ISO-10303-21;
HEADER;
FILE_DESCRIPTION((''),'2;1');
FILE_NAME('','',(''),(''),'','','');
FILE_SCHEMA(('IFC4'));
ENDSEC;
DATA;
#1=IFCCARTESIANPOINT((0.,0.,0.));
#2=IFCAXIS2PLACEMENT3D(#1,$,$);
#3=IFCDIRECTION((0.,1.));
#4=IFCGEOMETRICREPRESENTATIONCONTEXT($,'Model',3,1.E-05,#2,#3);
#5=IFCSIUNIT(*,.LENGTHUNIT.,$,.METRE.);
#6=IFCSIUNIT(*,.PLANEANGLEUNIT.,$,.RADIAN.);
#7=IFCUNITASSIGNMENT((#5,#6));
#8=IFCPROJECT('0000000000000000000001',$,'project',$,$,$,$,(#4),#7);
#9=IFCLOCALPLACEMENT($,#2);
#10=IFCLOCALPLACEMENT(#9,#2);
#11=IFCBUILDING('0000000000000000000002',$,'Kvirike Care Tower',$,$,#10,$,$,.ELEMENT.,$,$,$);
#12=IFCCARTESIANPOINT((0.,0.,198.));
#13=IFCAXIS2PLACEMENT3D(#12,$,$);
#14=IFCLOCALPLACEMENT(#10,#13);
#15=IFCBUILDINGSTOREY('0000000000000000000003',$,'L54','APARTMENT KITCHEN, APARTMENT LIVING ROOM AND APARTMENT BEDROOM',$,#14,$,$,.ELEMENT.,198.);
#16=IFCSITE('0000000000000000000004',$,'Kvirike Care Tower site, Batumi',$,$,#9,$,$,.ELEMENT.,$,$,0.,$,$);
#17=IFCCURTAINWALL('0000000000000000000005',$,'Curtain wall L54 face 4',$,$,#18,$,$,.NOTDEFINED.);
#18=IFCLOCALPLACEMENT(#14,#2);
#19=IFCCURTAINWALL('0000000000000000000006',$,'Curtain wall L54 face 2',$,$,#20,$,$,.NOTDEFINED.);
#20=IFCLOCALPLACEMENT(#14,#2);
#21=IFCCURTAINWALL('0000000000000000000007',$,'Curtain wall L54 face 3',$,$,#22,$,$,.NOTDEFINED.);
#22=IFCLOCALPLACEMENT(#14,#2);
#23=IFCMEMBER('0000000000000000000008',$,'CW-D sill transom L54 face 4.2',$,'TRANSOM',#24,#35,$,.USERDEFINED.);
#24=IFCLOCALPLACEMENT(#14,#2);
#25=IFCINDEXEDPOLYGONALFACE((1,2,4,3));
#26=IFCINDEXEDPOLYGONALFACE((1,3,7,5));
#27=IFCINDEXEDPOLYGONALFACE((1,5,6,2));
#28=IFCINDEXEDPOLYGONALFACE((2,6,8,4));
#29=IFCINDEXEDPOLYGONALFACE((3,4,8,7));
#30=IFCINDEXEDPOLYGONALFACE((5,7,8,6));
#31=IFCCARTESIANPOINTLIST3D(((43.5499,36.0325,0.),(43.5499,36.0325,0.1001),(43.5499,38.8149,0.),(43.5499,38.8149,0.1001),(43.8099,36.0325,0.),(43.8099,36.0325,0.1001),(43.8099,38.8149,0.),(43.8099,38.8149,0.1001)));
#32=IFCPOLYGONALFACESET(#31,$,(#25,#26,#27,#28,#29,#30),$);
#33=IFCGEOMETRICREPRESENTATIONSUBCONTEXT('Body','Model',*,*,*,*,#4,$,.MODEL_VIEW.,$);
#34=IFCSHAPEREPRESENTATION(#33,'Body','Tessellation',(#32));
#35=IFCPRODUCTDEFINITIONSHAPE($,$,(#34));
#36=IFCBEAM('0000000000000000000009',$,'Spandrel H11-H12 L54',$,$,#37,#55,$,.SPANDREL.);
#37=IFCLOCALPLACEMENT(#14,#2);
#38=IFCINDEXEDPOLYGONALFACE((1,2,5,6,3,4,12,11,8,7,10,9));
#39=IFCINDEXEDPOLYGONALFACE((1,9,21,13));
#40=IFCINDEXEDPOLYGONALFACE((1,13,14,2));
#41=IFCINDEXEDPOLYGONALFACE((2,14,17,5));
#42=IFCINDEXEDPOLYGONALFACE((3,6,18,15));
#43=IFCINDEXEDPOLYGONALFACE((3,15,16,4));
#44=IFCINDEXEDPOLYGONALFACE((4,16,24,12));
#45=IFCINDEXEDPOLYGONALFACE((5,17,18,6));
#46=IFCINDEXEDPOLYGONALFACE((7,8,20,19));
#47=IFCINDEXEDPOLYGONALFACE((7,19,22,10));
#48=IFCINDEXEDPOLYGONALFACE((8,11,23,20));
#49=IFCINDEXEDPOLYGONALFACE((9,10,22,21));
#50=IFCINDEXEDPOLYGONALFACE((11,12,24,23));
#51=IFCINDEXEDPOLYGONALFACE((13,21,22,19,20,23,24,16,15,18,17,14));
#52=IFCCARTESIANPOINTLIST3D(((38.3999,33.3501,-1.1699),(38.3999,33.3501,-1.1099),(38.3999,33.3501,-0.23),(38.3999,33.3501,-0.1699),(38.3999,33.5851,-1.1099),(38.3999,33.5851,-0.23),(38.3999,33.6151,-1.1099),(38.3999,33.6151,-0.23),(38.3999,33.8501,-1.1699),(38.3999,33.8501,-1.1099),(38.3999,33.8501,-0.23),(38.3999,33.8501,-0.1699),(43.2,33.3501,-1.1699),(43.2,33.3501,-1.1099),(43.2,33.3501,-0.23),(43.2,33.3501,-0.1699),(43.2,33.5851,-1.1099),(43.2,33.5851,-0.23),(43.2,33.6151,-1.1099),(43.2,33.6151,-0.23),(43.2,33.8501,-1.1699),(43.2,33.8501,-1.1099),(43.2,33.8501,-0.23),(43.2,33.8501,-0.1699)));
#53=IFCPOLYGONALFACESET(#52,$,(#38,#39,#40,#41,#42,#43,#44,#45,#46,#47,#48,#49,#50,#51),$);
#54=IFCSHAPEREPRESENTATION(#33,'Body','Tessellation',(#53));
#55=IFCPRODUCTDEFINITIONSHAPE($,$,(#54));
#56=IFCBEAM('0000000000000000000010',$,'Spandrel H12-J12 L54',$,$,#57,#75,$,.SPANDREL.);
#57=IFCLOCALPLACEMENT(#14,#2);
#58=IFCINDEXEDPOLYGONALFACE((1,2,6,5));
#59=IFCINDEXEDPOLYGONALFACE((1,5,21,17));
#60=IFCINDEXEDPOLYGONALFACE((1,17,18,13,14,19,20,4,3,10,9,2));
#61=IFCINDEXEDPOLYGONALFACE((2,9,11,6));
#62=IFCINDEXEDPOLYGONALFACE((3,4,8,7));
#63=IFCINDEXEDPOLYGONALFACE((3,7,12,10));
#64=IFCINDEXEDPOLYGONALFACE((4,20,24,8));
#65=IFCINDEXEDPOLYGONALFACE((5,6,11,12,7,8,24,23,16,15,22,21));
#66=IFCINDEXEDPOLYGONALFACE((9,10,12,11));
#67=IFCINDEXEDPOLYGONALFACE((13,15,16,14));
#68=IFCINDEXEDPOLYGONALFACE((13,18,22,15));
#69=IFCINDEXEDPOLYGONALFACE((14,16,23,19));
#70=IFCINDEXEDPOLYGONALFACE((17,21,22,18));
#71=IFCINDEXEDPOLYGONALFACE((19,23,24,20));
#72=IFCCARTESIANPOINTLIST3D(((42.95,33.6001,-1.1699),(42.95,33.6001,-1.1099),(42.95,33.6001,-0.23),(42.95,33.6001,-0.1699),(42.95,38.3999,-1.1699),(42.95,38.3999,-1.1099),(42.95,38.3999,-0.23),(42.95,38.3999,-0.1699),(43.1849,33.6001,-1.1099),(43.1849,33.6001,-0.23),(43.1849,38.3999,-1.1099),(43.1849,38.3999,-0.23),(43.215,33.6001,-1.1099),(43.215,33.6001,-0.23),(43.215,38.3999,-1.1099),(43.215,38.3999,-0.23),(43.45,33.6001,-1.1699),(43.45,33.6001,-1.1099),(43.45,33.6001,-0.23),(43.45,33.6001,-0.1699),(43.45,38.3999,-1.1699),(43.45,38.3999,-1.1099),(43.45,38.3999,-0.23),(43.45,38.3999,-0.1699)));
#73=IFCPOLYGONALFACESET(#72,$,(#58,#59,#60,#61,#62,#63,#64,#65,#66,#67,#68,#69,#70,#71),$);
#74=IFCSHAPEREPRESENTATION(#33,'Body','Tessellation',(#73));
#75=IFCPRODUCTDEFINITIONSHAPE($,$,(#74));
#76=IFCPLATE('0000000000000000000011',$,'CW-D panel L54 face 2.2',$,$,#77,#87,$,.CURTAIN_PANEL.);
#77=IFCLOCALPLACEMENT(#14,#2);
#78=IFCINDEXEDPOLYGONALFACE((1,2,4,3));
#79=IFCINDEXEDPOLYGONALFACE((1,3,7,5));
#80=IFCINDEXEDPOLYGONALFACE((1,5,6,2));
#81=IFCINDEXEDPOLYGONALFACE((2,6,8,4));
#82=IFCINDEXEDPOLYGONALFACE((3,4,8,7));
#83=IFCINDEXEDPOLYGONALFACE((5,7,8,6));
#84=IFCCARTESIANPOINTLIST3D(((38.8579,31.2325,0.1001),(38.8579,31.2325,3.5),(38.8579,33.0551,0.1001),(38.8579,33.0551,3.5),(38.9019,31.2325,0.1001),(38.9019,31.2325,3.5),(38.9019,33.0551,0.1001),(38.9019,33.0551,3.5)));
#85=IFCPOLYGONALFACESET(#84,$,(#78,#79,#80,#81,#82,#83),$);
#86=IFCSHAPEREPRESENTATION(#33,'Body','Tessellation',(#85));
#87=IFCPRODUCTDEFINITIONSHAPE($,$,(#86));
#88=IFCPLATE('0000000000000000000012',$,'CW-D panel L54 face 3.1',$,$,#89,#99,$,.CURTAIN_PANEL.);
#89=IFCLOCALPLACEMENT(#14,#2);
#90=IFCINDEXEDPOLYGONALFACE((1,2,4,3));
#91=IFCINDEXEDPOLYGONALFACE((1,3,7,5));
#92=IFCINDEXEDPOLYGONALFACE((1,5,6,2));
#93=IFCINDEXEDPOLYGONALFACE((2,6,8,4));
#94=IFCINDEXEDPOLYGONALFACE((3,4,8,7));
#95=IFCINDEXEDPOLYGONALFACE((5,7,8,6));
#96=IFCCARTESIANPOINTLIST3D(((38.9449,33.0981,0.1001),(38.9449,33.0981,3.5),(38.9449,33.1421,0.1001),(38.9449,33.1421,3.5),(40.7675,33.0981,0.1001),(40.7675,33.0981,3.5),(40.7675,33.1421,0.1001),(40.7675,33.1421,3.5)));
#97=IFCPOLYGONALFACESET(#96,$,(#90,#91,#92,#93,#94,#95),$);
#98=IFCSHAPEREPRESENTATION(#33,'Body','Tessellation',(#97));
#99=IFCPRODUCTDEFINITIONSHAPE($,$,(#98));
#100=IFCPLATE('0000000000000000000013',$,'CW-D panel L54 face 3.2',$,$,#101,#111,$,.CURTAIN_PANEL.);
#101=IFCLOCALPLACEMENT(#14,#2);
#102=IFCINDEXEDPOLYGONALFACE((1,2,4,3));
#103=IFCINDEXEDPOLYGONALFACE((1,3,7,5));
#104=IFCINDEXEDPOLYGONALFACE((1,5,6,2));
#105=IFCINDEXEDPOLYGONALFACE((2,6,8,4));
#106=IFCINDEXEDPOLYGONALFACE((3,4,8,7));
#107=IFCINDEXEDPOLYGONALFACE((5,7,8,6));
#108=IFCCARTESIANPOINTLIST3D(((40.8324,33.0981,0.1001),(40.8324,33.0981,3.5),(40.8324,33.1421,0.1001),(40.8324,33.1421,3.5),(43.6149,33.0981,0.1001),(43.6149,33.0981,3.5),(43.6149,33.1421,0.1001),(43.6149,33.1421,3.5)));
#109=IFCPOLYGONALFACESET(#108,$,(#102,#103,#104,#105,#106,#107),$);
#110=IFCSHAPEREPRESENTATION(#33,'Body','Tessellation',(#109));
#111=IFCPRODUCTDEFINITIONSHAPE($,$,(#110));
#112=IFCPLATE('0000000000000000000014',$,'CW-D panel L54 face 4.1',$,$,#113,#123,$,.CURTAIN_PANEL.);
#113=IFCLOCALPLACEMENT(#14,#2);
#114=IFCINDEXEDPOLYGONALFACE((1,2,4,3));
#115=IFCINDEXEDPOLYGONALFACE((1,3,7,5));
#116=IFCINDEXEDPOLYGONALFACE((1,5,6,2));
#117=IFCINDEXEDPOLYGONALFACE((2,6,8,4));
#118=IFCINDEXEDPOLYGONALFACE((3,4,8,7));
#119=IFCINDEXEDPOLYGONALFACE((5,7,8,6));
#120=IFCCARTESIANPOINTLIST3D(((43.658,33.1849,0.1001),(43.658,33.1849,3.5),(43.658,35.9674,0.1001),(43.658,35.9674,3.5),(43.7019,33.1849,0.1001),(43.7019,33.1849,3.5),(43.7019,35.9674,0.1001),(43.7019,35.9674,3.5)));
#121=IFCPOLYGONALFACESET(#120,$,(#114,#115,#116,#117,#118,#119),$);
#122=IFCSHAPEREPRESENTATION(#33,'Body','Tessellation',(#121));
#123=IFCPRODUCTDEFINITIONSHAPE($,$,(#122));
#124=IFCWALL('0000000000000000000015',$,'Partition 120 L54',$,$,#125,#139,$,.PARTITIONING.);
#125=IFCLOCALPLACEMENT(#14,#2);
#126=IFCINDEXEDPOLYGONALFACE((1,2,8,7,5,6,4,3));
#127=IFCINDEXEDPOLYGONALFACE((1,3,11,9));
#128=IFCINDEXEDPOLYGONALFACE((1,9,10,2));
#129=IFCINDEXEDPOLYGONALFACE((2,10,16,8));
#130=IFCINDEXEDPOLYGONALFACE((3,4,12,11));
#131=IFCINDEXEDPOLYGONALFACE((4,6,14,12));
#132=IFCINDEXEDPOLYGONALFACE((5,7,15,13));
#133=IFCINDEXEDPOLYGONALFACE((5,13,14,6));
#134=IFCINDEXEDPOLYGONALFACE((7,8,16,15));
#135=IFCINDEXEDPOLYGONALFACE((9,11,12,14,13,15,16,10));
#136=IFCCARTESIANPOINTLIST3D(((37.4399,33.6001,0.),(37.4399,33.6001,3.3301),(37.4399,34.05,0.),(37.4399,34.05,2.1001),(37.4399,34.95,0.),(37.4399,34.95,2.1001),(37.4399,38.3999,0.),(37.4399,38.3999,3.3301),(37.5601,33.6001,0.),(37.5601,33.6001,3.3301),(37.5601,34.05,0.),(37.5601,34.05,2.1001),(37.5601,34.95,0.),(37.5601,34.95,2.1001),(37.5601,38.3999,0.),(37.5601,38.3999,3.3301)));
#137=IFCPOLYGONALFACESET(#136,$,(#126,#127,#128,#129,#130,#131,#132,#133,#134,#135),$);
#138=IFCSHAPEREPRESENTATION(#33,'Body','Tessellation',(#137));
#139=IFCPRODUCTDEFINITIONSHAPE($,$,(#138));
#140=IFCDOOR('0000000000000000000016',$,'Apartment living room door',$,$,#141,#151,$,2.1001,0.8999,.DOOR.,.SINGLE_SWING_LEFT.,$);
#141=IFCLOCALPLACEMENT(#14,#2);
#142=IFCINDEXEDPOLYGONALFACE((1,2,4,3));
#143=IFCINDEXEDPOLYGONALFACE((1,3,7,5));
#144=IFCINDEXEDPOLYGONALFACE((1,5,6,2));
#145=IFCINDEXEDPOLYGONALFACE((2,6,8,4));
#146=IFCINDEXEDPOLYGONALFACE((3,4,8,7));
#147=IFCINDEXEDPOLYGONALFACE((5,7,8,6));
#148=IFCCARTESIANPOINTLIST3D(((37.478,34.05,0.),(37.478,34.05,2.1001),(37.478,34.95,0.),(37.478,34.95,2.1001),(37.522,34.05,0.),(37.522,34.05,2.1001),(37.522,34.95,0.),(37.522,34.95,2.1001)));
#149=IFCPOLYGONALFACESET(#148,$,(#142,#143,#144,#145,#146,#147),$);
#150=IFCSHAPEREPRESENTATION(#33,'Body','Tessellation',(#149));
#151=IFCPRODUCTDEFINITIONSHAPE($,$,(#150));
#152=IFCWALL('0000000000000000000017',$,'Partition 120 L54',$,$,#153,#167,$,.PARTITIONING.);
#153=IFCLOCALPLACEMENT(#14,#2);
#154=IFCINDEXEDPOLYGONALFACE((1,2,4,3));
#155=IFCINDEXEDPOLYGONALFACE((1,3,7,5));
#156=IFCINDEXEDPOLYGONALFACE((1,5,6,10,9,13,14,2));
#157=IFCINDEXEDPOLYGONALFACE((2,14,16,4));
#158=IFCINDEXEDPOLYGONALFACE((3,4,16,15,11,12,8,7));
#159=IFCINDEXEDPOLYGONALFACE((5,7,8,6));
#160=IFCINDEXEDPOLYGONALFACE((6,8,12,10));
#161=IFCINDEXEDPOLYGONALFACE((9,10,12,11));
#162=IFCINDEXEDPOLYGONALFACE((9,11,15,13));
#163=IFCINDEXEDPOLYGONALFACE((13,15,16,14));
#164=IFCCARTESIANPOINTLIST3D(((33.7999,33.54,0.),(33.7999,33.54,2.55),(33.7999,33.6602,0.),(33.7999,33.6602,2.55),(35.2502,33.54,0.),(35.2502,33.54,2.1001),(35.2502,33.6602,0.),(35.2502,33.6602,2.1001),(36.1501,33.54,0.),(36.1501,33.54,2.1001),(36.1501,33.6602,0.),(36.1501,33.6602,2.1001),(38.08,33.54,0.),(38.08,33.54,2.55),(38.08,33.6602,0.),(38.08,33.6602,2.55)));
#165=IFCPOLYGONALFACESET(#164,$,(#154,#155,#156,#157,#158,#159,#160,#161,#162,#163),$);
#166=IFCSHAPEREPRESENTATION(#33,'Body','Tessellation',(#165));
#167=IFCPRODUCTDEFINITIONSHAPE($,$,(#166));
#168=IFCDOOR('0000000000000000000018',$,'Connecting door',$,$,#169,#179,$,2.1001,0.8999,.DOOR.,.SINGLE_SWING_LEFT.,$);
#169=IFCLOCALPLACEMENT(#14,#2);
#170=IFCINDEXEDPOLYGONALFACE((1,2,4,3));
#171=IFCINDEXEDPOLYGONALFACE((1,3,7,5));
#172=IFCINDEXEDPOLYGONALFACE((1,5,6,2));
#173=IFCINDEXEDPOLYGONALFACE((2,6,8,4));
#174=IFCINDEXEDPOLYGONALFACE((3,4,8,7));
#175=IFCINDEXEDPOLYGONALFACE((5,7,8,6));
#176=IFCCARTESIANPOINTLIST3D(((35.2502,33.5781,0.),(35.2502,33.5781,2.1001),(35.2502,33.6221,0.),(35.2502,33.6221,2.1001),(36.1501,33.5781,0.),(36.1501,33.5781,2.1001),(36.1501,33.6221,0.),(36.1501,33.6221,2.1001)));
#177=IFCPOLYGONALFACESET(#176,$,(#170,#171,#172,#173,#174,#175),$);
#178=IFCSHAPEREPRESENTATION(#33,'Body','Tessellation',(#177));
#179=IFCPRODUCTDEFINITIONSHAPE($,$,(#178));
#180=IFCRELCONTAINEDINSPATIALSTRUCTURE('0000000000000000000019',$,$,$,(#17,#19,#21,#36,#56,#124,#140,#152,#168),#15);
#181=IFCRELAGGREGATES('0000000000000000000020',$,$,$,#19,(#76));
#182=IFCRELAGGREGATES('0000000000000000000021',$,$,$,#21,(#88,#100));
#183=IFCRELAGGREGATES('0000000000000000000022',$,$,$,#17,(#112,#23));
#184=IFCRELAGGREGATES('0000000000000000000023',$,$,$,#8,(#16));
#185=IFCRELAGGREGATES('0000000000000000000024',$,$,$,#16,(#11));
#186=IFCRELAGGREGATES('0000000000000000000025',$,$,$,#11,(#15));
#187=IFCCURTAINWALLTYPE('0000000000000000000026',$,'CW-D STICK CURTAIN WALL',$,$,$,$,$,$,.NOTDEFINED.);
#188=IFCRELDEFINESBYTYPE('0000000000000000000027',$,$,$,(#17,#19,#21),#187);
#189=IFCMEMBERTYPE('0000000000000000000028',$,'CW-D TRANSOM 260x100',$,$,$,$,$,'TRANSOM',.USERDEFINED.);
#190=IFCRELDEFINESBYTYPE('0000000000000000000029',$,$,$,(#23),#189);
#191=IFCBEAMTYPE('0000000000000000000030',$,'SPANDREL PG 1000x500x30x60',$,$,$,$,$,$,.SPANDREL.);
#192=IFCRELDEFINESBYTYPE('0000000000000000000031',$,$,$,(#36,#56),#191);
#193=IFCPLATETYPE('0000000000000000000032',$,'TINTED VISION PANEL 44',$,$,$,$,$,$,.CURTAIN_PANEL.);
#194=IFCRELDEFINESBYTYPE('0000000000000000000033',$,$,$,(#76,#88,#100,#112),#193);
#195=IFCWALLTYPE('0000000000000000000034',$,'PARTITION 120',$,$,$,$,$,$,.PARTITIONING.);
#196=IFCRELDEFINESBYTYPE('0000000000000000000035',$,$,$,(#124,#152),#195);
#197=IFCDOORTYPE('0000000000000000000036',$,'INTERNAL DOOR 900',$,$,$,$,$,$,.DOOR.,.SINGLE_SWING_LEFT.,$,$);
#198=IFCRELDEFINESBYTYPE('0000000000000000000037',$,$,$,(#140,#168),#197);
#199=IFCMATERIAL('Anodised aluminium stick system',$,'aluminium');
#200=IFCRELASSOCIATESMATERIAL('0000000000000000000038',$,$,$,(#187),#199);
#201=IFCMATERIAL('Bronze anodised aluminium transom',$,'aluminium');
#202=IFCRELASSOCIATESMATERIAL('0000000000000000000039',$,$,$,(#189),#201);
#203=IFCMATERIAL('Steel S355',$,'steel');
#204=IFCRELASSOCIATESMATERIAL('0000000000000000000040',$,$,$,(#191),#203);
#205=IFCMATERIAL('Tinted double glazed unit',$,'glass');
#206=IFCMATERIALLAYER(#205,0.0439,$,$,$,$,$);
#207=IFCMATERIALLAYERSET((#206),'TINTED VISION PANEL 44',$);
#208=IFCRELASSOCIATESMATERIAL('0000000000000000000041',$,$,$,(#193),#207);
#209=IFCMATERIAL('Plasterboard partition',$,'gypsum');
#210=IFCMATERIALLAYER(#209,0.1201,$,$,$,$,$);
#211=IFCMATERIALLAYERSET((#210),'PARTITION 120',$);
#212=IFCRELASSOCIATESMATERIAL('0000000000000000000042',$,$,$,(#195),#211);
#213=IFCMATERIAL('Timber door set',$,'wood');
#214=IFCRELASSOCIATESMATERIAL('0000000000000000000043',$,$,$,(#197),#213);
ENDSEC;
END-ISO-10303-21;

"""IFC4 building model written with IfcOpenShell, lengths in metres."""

from ifc_helpers import new_model, si_unit, direction, frame, frame_2d, origin, origin_2d, place, context, subcontext, project, spatial, rectangle, i_section, extrude, material, layer, layer_set, material_profile, profile_set, type_object, element, fill, aggregate, save


model = new_model("IFC4")

# Units and contexts
model_context = context("Model", 3, precision=1e-05, world=origin(), true_north=direction((0.0, 1.0)))
body_context = subcontext(model_context, "Body", "Model", "MODEL_VIEW")
ifc_project = project(units=[si_unit("LENGTHUNIT", "METRE"), si_unit("PLANEANGLEUNIT", "RADIAN")], contexts=[model_context])

# Site, building, storey
site_placement = place(None, origin())
site = spatial("IfcSite", under=ifc_project, at=site_placement, Name="Kvirike Care Tower site, Batumi", CompositionType="ELEMENT", RefElevation=0.0)
building_placement = place(site_placement, origin())
building = spatial("IfcBuilding", under=site, at=building_placement, Name="Kvirike Care Tower", CompositionType="ELEMENT")
storey_placement = place(building_placement, frame((0.0, 0.0, 198.0)))
storey = spatial("IfcBuildingStorey", under=building, at=storey_placement, Name="L54", Description="APARTMENT KITCHEN, APARTMENT LIVING ROOM AND APARTMENT BEDROOM", CompositionType="ELEMENT", Elevation=198.0)

# Curtain walls
ifc_material_1 = material(Name="Anodised aluminium stick system", Category="aluminium")
curtain_wall_type = type_object("IfcCurtainWallType", Name="CW-D STICK CURTAIN WALL", PredefinedType="NOTDEFINED", material=ifc_material_1)
curtain_wall_1_placement = place(storey_placement, origin())
curtain_wall_1 = element("IfcCurtainWall", 1, at=curtain_wall_1_placement, inside=storey, type_object=curtain_wall_type, Name="Curtain wall L54 face 4", PredefinedType="NOTDEFINED")
curtain_wall_2_placement = place(storey_placement, origin())
curtain_wall_2 = element("IfcCurtainWall", 2, at=curtain_wall_2_placement, inside=storey, type_object=curtain_wall_type, Name="Curtain wall L54 face 2", PredefinedType="NOTDEFINED")

# Curtain wall
curtain_wall_3_placement = place(storey_placement, origin())
curtain_wall_3 = element("IfcCurtainWall", 3, at=curtain_wall_3_placement, inside=storey, type_object=curtain_wall_type, Name="Curtain wall L54 face 3", PredefinedType="NOTDEFINED")

# Member
ifc_material_2 = material(Name="Bronze anodised aluminium transom", Category="aluminium")
ifc_material_profile_1 = material_profile(ifc_material_2, rectangle(XDim=0.26, YDim=0.1001, at=origin_2d()), Name="CW-D TRANSOM 260x100")
ifc_profile_set_1 = profile_set([ifc_material_profile_1], Name="Bronze anodised aluminium transom")
member_type_1 = type_object("IfcMemberType", Name="CW-D TRANSOM 260x100", ElementType="TRANSOM", PredefinedType="USERDEFINED", material=ifc_profile_set_1)
member_1_placement = place(storey_placement, frame((43.6799, 36.0325, 0.05), z_axis=(0.0, 1.0, 0.0), x_axis=(-1.0, 0.0, 0.0)))
member_1 = element("IfcMember", 4, at=member_1_placement, type_object=member_type_1, Name="CW-D sill transom L54 face 4.2", ObjectType="TRANSOM", PredefinedType="USERDEFINED", context=body_context, shape_type="SweptSolid", body=[
    extrude(rectangle(XDim=0.26, YDim=0.1001, at=origin_2d()), origin(), (0.0, 0.0, 1.0), 2.7825),
])

# Beams
ifc_material_3 = material(Name="Steel S355", Category="steel")
ifc_material_profile_2 = material_profile(ifc_material_3, i_section(OverallWidth=0.5, OverallDepth=1.0, WebThickness=0.03, FlangeThickness=0.0601, at=origin_2d()), Name="PG 1000x500x30x60")
ifc_profile_set_2 = profile_set([ifc_material_profile_2], Name="Steel S355")
beam_type = type_object("IfcBeamType", Name="SPANDREL PG 1000x500x30x60", PredefinedType="SPANDREL", material=ifc_profile_set_2)
beam_1_placement = place(storey_placement, frame((38.3999, 33.6001, -0.6699), z_axis=(1.0, 0.0, 0.0), x_axis=(0.0, 1.0, 0.0)))
element("IfcBeam", 5, at=beam_1_placement, inside=storey, type_object=beam_type, Name="Spandrel H11-H12 L54", PredefinedType="SPANDREL", context=body_context, shape_type="SweptSolid", body=[
    extrude(i_section(OverallWidth=0.5, OverallDepth=1.0, WebThickness=0.03, FlangeThickness=0.0601, at=origin_2d()), origin(), (0.0, 0.0, 1.0), 4.8),
])
beam_2_placement = place(storey_placement, frame((43.2, 33.6001, -0.6699), z_axis=(0.0, 1.0, 0.0), x_axis=(-1.0, 0.0, 0.0)))
element("IfcBeam", 6, at=beam_2_placement, inside=storey, type_object=beam_type, Name="Spandrel H12-J12 L54", PredefinedType="SPANDREL", context=body_context, shape_type="SweptSolid", body=[
    extrude(i_section(OverallWidth=0.5, OverallDepth=1.0, WebThickness=0.03, FlangeThickness=0.0601, at=origin_2d()), origin(), (0.0, 0.0, 1.0), 4.7998),
])

# Plates
ifc_material_4 = material(Name="Tinted double glazed unit", Category="glass")
ifc_layer_1 = layer(ifc_material_4, 0.0439)
ifc_layer_set_1 = layer_set([ifc_layer_1], Name="TINTED VISION PANEL 44")
plate_type = type_object("IfcPlateType", Name="TINTED VISION PANEL 44", PredefinedType="CURTAIN_PANEL", material=ifc_layer_set_1)
plate_1_placement = place(storey_placement, frame((38.8799, 32.1438, 0.1001), z_axis=(0.0, 0.0, 1.0), x_axis=(0.0, 1.0, 0.0)))
plate_1 = element("IfcPlate", 7, at=plate_1_placement, type_object=plate_type, Name="CW-D panel L54 face 2.2", PredefinedType="CURTAIN_PANEL", context=body_context, shape_type="SweptSolid", body=[
    extrude(rectangle(XDim=1.8225, YDim=0.0439, at=origin_2d()), origin(), (0.0, 0.0, 1.0), 3.3999),
])
aggregate(curtain_wall_2, [plate_1])
plate_2_placement = place(storey_placement, frame((39.8562, 33.1201, 0.1001), z_axis=(0.0, 0.0, 1.0), x_axis=(1.0, 0.0, 0.0)))
plate_2 = element("IfcPlate", 8, at=plate_2_placement, type_object=plate_type, Name="CW-D panel L54 face 3.1", PredefinedType="CURTAIN_PANEL", context=body_context, shape_type="SweptSolid", body=[
    extrude(rectangle(XDim=1.8225, YDim=0.0439, at=origin_2d()), origin(), (0.0, 0.0, 1.0), 3.3999),
])
plate_3_placement = place(storey_placement, frame((42.2236, 33.1201, 0.1001), z_axis=(0.0, 0.0, 1.0), x_axis=(1.0, 0.0, 0.0)))
plate_3 = element("IfcPlate", 9, at=plate_3_placement, type_object=plate_type, Name="CW-D panel L54 face 3.2", PredefinedType="CURTAIN_PANEL", context=body_context, shape_type="SweptSolid", body=[
    extrude(rectangle(XDim=2.7825, YDim=0.0439, at=origin_2d()), origin(), (0.0, 0.0, 1.0), 3.3999),
])
aggregate(curtain_wall_3, [plate_2, plate_3])
plate_4_placement = place(storey_placement, frame((43.6799, 34.5762, 0.1001), z_axis=(0.0, 0.0, 1.0), x_axis=(0.0, 1.0, 0.0)))
plate_4 = element("IfcPlate", 10, at=plate_4_placement, type_object=plate_type, Name="CW-D panel L54 face 4.1", PredefinedType="CURTAIN_PANEL", context=body_context, shape_type="SweptSolid", body=[
    extrude(rectangle(XDim=2.7825, YDim=0.0439, at=origin_2d()), origin(), (0.0, 0.0, 1.0), 3.3999),
])
aggregate(curtain_wall_1, [plate_4, member_1])

# Walls, openings, doors
ifc_material_5 = material(Name="Plasterboard partition", Category="gypsum")
ifc_layer_2 = layer(ifc_material_5, 0.1201)
ifc_layer_set_2 = layer_set([ifc_layer_2], Name="PARTITION 120")
wall_type_1 = type_object("IfcWallType", Name="PARTITION 120", PredefinedType="PARTITIONING", material=ifc_layer_set_2)
wall_1_placement = place(storey_placement, frame((37.5, 33.6001, 0.0), z_axis=(0.0, 0.0, 1.0), x_axis=(0.0, 1.0, 0.0)))
wall_1 = element("IfcWall", 11, at=wall_1_placement, inside=storey, type_object=wall_type_1, Name="Partition 120 L54", PredefinedType="PARTITIONING", context=body_context, shape_type="SweptSolid", body=[
    extrude(rectangle(XDim=4.7998, YDim=0.1201, at=frame_2d((2.3999, 0.0))), origin(), (0.0, 0.0, 1.0), 3.3301),
])
opening_1_placement = place(wall_1_placement, frame((0.45, 0.0, 0.0)))
opening_1 = element("IfcOpeningElement", 12, at=opening_1_placement, cuts=wall_1, PredefinedType="OPENING", context=body_context, shape_type="SweptSolid", body=[
    extrude(rectangle(XDim=0.8999, YDim=2.1001, at=frame_2d((0.45, 1.05))), frame((0.0, 0.0706, 0.0), z_axis=(0.0, -1.0, 0.0), x_axis=(1.0, 0.0, 0.0)), (0.0, 0.0, 1.0), 0.1411),
])
ifc_material_6 = material(Name="Timber door set", Category="wood")
door_type = type_object("IfcDoorType", Name="INTERNAL DOOR 900", OperationType="SINGLE_SWING_LEFT", PredefinedType="DOOR", material=ifc_material_6)
door_1_placement = place(opening_1_placement, frame((0.8999, 0.0, 0.0), z_axis=(0.0, 0.0, 1.0), x_axis=(-1.0, 0.0, 0.0)))
door_1 = element("IfcDoor", 13, at=door_1_placement, inside=storey, type_object=door_type, Name="Apartment living room door", OperationType="SINGLE_SWING_LEFT", OverallHeight=2.1001, OverallWidth=0.8999, PredefinedType="DOOR", context=body_context, shape_type="SweptSolid", body=[
    extrude(rectangle(XDim=0.8999, YDim=2.1001, at=frame_2d((0.45, 1.05))), frame((0.0, 0.022, 0.0), z_axis=(0.0, -1.0, 0.0), x_axis=(1.0, 0.0, 0.0)), (0.0, 0.0, 1.0), 0.0439),
])
fill(opening_1, door_1)
wall_2_placement = place(storey_placement, frame((38.0801, 33.6001, 0.0), z_axis=(0.0, 0.0, 1.0), x_axis=(-1.0, 0.0, 0.0)))
wall_2 = element("IfcWall", 14, at=wall_2_placement, inside=storey, type_object=wall_type_1, Name="Partition 120 L54", PredefinedType="PARTITIONING", context=body_context, shape_type="SweptSolid", body=[
    extrude(rectangle(XDim=4.28, YDim=0.1201, at=frame_2d((2.1401, 0.0))), origin(), (0.0, 0.0, 1.0), 2.55),
])
opening_2_placement = place(wall_2_placement, frame((1.9299, 0.0, 0.0)))
opening_2 = element("IfcOpeningElement", 15, at=opening_2_placement, cuts=wall_2, PredefinedType="OPENING", context=body_context, shape_type="SweptSolid", body=[
    extrude(rectangle(XDim=0.8999, YDim=2.1001, at=frame_2d((0.45, 1.05))), frame((0.0, 0.0706, 0.0), z_axis=(0.0, -1.0, 0.0), x_axis=(1.0, 0.0, 0.0)), (0.0, 0.0, 1.0), 0.1411),
])
door_2_placement = place(opening_2_placement, origin())
door_2 = element("IfcDoor", 16, at=door_2_placement, inside=storey, type_object=door_type, Name="Connecting door", OperationType="SINGLE_SWING_LEFT", OverallHeight=2.1001, OverallWidth=0.8999, PredefinedType="DOOR", context=body_context, shape_type="SweptSolid", body=[
    extrude(rectangle(XDim=0.8999, YDim=2.1001, at=frame_2d((0.45, 1.05))), frame((0.0, 0.022, 0.0), z_axis=(0.0, -1.0, 0.0), x_axis=(1.0, 0.0, 0.0)), (0.0, 0.0, 1.0), 0.0439),
])
fill(opening_2, door_2)

save(model, "model.ifc")
